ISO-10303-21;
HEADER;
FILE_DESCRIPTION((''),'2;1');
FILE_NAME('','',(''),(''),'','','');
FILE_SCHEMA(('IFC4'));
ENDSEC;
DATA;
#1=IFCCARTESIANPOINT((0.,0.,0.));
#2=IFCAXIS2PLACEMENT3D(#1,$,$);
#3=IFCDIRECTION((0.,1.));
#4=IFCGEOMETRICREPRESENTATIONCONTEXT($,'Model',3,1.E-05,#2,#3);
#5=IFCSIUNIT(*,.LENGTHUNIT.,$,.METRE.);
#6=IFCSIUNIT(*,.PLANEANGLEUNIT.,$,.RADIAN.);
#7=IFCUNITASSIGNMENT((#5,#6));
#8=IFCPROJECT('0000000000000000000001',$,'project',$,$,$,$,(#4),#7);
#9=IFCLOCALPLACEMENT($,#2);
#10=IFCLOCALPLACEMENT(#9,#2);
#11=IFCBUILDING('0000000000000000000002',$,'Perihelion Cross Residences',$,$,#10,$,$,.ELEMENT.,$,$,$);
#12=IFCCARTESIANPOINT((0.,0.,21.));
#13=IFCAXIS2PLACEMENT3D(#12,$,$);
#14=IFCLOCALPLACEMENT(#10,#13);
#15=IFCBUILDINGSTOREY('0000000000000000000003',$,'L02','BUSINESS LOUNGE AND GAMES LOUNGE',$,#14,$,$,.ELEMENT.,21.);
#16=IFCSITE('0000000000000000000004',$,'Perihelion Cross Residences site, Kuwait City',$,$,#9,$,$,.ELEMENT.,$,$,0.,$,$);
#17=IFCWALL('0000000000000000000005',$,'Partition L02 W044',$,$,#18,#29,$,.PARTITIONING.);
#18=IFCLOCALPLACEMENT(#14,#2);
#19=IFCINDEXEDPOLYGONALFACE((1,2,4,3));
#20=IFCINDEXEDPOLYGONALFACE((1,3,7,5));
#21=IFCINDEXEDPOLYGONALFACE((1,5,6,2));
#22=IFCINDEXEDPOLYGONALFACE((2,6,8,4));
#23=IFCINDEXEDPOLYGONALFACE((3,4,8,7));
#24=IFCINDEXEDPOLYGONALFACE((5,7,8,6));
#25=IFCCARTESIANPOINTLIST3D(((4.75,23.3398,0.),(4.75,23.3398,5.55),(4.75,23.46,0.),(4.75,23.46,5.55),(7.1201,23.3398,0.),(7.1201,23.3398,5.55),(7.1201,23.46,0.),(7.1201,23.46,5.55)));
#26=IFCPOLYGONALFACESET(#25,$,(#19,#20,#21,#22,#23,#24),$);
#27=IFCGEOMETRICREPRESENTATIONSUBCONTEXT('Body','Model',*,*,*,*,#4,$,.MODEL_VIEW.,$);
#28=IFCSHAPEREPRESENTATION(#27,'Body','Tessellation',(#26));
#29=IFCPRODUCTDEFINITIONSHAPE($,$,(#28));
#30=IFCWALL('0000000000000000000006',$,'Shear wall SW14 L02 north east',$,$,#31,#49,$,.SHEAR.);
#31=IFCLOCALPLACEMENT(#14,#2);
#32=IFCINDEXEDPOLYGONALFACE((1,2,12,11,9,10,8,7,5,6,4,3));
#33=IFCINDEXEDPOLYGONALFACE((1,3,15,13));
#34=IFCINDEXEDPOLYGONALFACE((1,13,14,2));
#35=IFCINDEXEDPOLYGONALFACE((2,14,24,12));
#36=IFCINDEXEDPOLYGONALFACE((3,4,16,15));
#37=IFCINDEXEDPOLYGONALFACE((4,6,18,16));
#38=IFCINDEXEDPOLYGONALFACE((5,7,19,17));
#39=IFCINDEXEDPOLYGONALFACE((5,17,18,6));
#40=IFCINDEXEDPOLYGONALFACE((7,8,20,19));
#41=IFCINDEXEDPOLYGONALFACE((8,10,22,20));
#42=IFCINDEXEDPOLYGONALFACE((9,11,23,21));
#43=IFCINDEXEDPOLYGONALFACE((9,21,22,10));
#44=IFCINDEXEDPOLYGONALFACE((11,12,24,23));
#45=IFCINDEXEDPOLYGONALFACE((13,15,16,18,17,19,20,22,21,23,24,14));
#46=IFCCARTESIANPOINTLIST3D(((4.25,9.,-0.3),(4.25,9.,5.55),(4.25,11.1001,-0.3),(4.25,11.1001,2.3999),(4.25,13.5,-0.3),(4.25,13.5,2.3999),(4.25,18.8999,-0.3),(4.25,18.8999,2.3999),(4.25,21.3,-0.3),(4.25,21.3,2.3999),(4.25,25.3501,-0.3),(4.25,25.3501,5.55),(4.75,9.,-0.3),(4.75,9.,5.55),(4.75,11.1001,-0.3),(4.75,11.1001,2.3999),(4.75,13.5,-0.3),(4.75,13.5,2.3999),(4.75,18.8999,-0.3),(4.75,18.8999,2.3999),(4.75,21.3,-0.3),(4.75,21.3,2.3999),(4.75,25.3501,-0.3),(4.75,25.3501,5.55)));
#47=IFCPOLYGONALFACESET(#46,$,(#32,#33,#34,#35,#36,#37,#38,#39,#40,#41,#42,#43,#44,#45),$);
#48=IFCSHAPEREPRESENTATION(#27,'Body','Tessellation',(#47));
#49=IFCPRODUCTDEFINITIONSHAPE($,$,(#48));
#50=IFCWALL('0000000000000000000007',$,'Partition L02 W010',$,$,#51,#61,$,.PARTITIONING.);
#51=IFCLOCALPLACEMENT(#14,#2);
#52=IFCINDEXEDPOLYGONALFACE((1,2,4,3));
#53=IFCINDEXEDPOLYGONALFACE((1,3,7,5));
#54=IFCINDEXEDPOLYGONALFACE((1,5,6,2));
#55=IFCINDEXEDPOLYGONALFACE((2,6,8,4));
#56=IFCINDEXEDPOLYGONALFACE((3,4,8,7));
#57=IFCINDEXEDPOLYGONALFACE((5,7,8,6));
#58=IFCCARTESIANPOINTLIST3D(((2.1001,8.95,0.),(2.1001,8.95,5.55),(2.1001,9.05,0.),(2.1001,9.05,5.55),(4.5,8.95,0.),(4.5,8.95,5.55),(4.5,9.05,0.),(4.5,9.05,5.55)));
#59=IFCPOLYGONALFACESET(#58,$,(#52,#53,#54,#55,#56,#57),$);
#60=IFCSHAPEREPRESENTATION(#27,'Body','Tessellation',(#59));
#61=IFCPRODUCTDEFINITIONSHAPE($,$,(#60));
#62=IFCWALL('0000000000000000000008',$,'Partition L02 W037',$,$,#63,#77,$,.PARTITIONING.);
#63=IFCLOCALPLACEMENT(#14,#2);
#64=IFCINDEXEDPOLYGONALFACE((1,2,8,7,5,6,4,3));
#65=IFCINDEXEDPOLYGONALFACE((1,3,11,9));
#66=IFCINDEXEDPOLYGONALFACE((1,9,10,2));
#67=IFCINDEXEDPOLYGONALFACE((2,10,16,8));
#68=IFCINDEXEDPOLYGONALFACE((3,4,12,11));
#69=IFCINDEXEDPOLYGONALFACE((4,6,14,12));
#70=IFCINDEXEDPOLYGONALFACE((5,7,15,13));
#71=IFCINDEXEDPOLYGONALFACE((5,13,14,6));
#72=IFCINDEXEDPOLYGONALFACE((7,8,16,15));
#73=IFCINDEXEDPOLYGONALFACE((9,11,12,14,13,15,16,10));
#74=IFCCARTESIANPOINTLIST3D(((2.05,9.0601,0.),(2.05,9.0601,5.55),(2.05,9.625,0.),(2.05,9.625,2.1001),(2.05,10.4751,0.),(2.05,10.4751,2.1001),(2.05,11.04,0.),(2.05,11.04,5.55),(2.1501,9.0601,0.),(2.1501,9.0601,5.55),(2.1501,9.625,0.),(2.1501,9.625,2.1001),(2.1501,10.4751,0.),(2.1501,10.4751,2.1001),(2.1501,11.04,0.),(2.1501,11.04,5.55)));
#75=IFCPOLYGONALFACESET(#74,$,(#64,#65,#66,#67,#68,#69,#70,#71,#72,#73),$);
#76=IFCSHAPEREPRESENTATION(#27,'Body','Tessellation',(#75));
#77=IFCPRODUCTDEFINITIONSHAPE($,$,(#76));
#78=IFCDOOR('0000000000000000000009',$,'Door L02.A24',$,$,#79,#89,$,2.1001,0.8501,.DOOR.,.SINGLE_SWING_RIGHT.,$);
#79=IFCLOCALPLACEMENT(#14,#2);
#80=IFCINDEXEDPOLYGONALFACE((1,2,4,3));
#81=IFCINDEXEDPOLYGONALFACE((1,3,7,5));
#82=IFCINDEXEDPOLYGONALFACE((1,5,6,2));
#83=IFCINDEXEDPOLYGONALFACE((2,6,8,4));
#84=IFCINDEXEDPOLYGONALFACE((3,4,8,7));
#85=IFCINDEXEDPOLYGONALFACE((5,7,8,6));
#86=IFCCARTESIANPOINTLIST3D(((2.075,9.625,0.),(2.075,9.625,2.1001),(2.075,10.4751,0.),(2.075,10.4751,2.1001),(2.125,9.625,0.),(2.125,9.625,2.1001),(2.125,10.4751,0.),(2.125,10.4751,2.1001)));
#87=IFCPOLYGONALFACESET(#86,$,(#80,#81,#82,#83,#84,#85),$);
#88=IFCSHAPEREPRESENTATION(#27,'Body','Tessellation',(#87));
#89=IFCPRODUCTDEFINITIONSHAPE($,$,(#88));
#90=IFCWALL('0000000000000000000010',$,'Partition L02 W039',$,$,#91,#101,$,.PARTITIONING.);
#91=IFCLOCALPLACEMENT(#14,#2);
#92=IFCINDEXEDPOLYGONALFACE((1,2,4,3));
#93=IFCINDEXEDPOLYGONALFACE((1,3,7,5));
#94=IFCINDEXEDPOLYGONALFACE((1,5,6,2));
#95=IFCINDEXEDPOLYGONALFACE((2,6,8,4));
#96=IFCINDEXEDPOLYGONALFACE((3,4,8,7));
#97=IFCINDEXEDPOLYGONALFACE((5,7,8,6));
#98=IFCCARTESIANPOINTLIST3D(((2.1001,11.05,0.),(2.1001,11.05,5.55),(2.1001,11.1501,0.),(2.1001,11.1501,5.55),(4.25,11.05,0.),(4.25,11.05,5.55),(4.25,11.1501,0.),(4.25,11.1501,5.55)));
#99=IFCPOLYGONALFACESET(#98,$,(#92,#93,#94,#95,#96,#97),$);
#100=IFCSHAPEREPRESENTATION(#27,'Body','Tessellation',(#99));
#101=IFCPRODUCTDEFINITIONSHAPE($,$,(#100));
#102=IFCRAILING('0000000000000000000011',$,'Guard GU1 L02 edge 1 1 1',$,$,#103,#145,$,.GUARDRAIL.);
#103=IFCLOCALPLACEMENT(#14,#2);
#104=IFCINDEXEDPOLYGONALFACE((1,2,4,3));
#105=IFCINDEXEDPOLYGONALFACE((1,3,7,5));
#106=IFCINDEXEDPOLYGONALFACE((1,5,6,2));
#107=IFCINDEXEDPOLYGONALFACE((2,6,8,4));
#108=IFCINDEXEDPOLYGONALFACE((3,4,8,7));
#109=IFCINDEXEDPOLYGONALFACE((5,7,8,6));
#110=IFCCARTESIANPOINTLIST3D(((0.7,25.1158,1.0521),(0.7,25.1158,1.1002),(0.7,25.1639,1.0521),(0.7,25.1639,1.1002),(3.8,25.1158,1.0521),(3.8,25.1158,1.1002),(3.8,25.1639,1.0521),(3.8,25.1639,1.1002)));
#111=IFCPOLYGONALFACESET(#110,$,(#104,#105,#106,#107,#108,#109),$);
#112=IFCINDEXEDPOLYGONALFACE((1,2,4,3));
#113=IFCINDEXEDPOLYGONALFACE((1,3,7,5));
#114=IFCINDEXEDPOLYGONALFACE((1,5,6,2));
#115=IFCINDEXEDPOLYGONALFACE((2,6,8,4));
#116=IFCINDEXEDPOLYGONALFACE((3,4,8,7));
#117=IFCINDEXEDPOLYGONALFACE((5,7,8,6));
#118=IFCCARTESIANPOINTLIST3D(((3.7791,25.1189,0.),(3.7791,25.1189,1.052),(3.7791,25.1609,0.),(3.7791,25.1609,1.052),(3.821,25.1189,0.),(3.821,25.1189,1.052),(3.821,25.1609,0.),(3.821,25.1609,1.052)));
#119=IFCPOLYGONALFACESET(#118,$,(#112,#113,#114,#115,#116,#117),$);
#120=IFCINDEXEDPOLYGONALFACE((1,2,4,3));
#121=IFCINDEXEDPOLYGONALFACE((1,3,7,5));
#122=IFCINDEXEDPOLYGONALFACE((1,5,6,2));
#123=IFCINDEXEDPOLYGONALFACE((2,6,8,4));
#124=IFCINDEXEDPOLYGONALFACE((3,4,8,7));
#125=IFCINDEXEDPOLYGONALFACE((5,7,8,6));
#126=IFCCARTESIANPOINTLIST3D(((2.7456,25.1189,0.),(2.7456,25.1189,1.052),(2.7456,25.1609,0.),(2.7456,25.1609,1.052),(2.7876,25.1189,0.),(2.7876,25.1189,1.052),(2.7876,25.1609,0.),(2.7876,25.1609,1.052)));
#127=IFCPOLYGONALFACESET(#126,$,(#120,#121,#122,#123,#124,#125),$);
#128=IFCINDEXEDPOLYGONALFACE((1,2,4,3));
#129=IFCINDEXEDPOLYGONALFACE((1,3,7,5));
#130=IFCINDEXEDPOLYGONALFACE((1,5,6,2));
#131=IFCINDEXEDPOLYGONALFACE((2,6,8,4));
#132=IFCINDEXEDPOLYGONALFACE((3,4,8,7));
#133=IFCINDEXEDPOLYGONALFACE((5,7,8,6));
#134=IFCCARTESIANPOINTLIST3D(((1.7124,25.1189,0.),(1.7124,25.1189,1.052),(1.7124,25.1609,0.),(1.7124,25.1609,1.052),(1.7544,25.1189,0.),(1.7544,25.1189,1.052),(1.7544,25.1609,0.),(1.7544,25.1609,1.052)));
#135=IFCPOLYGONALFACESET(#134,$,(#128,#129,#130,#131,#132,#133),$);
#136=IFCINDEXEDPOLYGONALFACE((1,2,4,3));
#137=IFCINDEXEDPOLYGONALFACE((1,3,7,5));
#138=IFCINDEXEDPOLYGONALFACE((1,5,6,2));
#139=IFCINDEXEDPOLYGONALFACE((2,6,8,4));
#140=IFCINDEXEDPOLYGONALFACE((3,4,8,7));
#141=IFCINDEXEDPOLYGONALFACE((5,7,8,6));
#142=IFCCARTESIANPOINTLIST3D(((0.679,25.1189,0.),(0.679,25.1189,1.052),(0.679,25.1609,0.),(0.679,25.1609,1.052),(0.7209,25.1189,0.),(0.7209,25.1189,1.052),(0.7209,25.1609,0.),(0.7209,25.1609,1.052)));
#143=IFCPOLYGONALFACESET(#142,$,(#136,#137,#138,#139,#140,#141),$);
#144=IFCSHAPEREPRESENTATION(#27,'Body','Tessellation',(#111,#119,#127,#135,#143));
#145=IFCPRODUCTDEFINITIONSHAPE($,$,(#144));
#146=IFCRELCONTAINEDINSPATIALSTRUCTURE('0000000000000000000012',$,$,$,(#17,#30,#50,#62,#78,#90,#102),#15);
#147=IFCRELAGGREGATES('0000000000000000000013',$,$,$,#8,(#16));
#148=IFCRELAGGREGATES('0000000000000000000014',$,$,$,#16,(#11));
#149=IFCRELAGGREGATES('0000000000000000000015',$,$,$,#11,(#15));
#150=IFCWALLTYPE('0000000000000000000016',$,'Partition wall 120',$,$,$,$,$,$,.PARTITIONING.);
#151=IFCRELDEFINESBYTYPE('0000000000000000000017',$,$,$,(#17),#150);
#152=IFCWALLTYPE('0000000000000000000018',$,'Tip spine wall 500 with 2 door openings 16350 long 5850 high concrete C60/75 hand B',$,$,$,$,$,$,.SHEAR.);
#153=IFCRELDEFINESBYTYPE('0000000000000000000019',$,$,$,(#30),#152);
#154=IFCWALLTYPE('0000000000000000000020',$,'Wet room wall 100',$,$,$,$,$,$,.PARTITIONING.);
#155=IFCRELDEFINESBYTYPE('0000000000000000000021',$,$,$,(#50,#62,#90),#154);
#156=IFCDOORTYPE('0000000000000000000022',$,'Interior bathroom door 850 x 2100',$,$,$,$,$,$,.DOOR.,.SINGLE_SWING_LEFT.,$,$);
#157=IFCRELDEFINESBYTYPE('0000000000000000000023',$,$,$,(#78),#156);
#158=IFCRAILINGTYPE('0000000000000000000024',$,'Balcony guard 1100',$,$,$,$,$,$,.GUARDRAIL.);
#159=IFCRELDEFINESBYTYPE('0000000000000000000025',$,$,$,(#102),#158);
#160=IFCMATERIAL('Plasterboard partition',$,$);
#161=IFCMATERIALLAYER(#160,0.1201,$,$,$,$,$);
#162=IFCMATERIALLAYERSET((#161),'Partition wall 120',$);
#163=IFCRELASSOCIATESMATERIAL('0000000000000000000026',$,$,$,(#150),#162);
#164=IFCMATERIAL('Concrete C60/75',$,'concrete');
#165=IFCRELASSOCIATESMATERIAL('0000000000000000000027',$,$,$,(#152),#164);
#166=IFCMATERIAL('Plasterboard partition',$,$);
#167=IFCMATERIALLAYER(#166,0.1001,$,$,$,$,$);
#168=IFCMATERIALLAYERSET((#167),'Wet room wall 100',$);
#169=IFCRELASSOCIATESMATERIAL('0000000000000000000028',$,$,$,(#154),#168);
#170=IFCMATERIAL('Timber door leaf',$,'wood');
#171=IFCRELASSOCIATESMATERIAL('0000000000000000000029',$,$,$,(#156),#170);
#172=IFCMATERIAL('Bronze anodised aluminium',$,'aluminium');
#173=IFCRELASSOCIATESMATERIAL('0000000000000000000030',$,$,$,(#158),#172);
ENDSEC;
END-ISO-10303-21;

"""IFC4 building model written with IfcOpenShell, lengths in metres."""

from ifc_helpers import new_model, si_unit, direction, frame, frame_2d, origin, origin_2d, place, context, subcontext, project, spatial, polyline, rectangle, outline, extrude, material, layer, layer_set, material_profile, profile_set, type_object, element, fill, save


model = new_model("IFC4")

# Units and contexts
model_context = context("Model", 3, precision=1e-05, world=origin(), true_north=direction((0.0, 1.0)))
body_context = subcontext(model_context, "Body", "Model", "MODEL_VIEW")
ifc_project = project(units=[si_unit("LENGTHUNIT", "METRE"), si_unit("PLANEANGLEUNIT", "RADIAN")], contexts=[model_context])

# Site, building, storey
site_placement = place(None, origin())
site = spatial("IfcSite", under=ifc_project, at=site_placement, Name="Perihelion Cross Residences site, Kuwait City", CompositionType="ELEMENT", RefElevation=0.0)
building_placement = place(site_placement, origin())
building = spatial("IfcBuilding", under=site, at=building_placement, Name="Perihelion Cross Residences", CompositionType="ELEMENT")
storey_placement = place(building_placement, frame((0.0, 0.0, 21.0)))
storey = spatial("IfcBuildingStorey", under=building, at=storey_placement, Name="L02", Description="BUSINESS LOUNGE AND GAMES LOUNGE", CompositionType="ELEMENT", Elevation=21.0)

# Walls
ifc_material_1 = material(Name="Plasterboard partition")
ifc_layer_1 = layer(ifc_material_1, 0.1201)
ifc_layer_set_1 = layer_set([ifc_layer_1], Name="Partition wall 120")
wall_type_1 = type_object("IfcWallType", Name="Partition wall 120", PredefinedType="PARTITIONING", material=ifc_layer_set_1)
wall_1_placement = place(storey_placement, frame((4.75, 23.3999, 0.0), z_axis=(0.0, 0.0, 1.0), x_axis=(1.0, 0.0, 0.0)))
element("IfcWall", 1, at=wall_1_placement, inside=storey, type_object=wall_type_1, Name="Partition L02 W044", PredefinedType="PARTITIONING", context=body_context, shape_type="SweptSolid", body=[
    extrude(rectangle(XDim=2.3701, YDim=0.1201, at=frame_2d((1.1851, 0.0))), origin(), (0.0, 0.0, 1.0), 5.55),
])
ifc_material_2 = material(Name="Concrete C60/75", Category="concrete")
ifc_material_profile_1 = material_profile(ifc_material_2, outline(polyline([(0.0, 0.0), (2.1001, 0.0), (2.1001, 2.7), (4.5, 2.7), (4.5, 0.0), (9.8999, 0.0), (9.8999, 2.7), (12.3, 2.7), (12.3, 0.0), (16.3501, 0.0), (16.3501, 5.8501), (0.0, 5.8501), (0.0, 0.0)])), Name="Tip spine wall")
ifc_profile_set_1 = profile_set([ifc_material_profile_1], Name="Concrete C60/75")
wall_type_2 = type_object("IfcWallType", Name="Tip spine wall 500 with 2 door openings 16350 long 5850 high concrete C60/75 hand B", PredefinedType="SHEAR", material=ifc_profile_set_1)
wall_2_placement = place(storey_placement, frame((4.25, 9.0, -0.3), z_axis=(1.0, 0.0, 0.0), x_axis=(0.0, 1.0, 0.0)))
element("IfcWall", 2, at=wall_2_placement, inside=storey, type_object=wall_type_2, Name="Shear wall SW14 L02 north east", PredefinedType="SHEAR", context=body_context, shape_type="SweptSolid", body=[
    extrude(outline(polyline([(0.0, 0.0), (2.1001, 0.0), (2.1001, 2.7), (4.5, 2.7), (4.5, 0.0), (9.8999, 0.0), (9.8999, 2.7), (12.3, 2.7), (12.3, 0.0), (16.3501, 0.0), (16.3501, 5.8501), (0.0, 5.8501), (0.0, 0.0)])), origin(), (0.0, 0.0, 1.0), 0.5),
])
ifc_material_3 = material(Name="Plasterboard partition")
ifc_layer_2 = layer(ifc_material_3, 0.1001)
ifc_layer_set_2 = layer_set([ifc_layer_2], Name="Wet room wall 100")
wall_type_3 = type_object("IfcWallType", Name="Wet room wall 100", PredefinedType="PARTITIONING", material=ifc_layer_set_2)
wall_3_placement = place(storey_placement, frame((2.1001, 9.0, 0.0), z_axis=(0.0, 0.0, 1.0), x_axis=(1.0, 0.0, 0.0)))
element("IfcWall", 3, at=wall_3_placement, inside=storey, type_object=wall_type_3, Name="Partition L02 W010", PredefinedType="PARTITIONING", context=body_context, shape_type="SweptSolid", body=[
    extrude(rectangle(XDim=2.3999, YDim=0.1001, at=frame_2d((1.2, 0.0))), origin(), (0.0, 0.0, 1.0), 5.55),
])

# Wall, opening, door
wall_4_placement = place(storey_placement, frame((2.1001, 11.04, 0.0), z_axis=(0.0, 0.0, 1.0), x_axis=(0.0, -1.0, 0.0)))
wall_4 = element("IfcWall", 4, at=wall_4_placement, inside=storey, type_object=wall_type_3, Name="Partition L02 W037", PredefinedType="PARTITIONING", context=body_context, shape_type="SweptSolid", body=[
    extrude(rectangle(XDim=1.98, YDim=0.1001, at=frame_2d((0.99, 0.0))), origin(), (0.0, 0.0, 1.0), 5.55),
])
opening_1_placement = place(wall_4_placement, frame((0.5649, 0.0, 0.0)))
opening_1 = element("IfcOpeningElement", 5, at=opening_1_placement, cuts=wall_4, PredefinedType="OPENING", context=body_context, shape_type="SweptSolid", body=[
    extrude(rectangle(XDim=0.8501, YDim=2.1001, at=frame_2d((0.425, 1.05))), frame((0.0, 0.0601, 0.0), z_axis=(0.0, -1.0, 0.0), x_axis=(1.0, 0.0, 0.0)), (0.0, 0.0, 1.0), 0.1201),
])
ifc_material_4 = material(Name="Timber door leaf", Category="wood")
door_type_1 = type_object("IfcDoorType", Name="Interior bathroom door 850 x 2100", OperationType="SINGLE_SWING_LEFT", PredefinedType="DOOR", material=ifc_material_4)
door_1_placement = place(opening_1_placement, origin())
door_1 = element("IfcDoor", 6, at=door_1_placement, inside=storey, type_object=door_type_1, Name="Door L02.A24", OperationType="SINGLE_SWING_RIGHT", OverallHeight=2.1001, OverallWidth=0.8501, PredefinedType="DOOR", context=body_context, shape_type="SweptSolid", body=[
    extrude(rectangle(XDim=0.8501, YDim=2.1001, at=frame_2d((0.425, 1.05))), frame((0.0, 0.0249, 0.0), z_axis=(0.0, -1.0, 0.0), x_axis=(1.0, 0.0, 0.0)), (0.0, 0.0, 1.0), 0.05),
])
fill(opening_1, door_1)

# Wall
wall_5_placement = place(storey_placement, frame((2.1001, 11.1001, 0.0), z_axis=(0.0, 0.0, 1.0), x_axis=(1.0, 0.0, 0.0)))
element("IfcWall", 7, at=wall_5_placement, inside=storey, type_object=wall_type_3, Name="Partition L02 W039", PredefinedType="PARTITIONING", context=body_context, shape_type="SweptSolid", body=[
    extrude(rectangle(XDim=2.1499, YDim=0.1001, at=frame_2d((1.075, 0.0))), origin(), (0.0, 0.0, 1.0), 5.55),
])

# Railing
ifc_material_5 = material(Name="Bronze anodised aluminium", Category="aluminium")
railing_type = type_object("IfcRailingType", Name="Balcony guard 1100", PredefinedType="GUARDRAIL", material=ifc_material_5)
railing_placement = place(storey_placement, frame((3.8, 25.1399, 0.0)))
element("IfcRailing", 8, at=railing_placement, inside=storey, type_object=railing_type, Name="Guard GU1 L02 edge 1 1 1", PredefinedType="GUARDRAIL", context=body_context, shape_type="SweptSolid", body=[
    extrude(rectangle(XDim=0.0481, YDim=0.0481, at=origin_2d()), frame((0.0, 0.0, 1.0762), z_axis=(-1.0, 0.0, 0.0), x_axis=(0.0, -1.0, 0.0)), (0.0, 0.0, 1.0), 3.1001),
    extrude(rectangle(XDim=0.042, YDim=0.042, at=origin_2d()), origin(), (0.0, 0.0, 1.0), 1.052),
    extrude(rectangle(XDim=0.042, YDim=0.042, at=origin_2d()), frame((-1.0334, 0.0, 0.0)), (0.0, 0.0, 1.0), 1.052),
    extrude(rectangle(XDim=0.042, YDim=0.042, at=origin_2d()), frame((-2.0667, 0.0, 0.0)), (0.0, 0.0, 1.0), 1.052),
    extrude(rectangle(XDim=0.042, YDim=0.042, at=origin_2d()), frame((-3.1001, 0.0, 0.0)), (0.0, 0.0, 1.0), 1.052),
])

save(model, "model.ifc")
